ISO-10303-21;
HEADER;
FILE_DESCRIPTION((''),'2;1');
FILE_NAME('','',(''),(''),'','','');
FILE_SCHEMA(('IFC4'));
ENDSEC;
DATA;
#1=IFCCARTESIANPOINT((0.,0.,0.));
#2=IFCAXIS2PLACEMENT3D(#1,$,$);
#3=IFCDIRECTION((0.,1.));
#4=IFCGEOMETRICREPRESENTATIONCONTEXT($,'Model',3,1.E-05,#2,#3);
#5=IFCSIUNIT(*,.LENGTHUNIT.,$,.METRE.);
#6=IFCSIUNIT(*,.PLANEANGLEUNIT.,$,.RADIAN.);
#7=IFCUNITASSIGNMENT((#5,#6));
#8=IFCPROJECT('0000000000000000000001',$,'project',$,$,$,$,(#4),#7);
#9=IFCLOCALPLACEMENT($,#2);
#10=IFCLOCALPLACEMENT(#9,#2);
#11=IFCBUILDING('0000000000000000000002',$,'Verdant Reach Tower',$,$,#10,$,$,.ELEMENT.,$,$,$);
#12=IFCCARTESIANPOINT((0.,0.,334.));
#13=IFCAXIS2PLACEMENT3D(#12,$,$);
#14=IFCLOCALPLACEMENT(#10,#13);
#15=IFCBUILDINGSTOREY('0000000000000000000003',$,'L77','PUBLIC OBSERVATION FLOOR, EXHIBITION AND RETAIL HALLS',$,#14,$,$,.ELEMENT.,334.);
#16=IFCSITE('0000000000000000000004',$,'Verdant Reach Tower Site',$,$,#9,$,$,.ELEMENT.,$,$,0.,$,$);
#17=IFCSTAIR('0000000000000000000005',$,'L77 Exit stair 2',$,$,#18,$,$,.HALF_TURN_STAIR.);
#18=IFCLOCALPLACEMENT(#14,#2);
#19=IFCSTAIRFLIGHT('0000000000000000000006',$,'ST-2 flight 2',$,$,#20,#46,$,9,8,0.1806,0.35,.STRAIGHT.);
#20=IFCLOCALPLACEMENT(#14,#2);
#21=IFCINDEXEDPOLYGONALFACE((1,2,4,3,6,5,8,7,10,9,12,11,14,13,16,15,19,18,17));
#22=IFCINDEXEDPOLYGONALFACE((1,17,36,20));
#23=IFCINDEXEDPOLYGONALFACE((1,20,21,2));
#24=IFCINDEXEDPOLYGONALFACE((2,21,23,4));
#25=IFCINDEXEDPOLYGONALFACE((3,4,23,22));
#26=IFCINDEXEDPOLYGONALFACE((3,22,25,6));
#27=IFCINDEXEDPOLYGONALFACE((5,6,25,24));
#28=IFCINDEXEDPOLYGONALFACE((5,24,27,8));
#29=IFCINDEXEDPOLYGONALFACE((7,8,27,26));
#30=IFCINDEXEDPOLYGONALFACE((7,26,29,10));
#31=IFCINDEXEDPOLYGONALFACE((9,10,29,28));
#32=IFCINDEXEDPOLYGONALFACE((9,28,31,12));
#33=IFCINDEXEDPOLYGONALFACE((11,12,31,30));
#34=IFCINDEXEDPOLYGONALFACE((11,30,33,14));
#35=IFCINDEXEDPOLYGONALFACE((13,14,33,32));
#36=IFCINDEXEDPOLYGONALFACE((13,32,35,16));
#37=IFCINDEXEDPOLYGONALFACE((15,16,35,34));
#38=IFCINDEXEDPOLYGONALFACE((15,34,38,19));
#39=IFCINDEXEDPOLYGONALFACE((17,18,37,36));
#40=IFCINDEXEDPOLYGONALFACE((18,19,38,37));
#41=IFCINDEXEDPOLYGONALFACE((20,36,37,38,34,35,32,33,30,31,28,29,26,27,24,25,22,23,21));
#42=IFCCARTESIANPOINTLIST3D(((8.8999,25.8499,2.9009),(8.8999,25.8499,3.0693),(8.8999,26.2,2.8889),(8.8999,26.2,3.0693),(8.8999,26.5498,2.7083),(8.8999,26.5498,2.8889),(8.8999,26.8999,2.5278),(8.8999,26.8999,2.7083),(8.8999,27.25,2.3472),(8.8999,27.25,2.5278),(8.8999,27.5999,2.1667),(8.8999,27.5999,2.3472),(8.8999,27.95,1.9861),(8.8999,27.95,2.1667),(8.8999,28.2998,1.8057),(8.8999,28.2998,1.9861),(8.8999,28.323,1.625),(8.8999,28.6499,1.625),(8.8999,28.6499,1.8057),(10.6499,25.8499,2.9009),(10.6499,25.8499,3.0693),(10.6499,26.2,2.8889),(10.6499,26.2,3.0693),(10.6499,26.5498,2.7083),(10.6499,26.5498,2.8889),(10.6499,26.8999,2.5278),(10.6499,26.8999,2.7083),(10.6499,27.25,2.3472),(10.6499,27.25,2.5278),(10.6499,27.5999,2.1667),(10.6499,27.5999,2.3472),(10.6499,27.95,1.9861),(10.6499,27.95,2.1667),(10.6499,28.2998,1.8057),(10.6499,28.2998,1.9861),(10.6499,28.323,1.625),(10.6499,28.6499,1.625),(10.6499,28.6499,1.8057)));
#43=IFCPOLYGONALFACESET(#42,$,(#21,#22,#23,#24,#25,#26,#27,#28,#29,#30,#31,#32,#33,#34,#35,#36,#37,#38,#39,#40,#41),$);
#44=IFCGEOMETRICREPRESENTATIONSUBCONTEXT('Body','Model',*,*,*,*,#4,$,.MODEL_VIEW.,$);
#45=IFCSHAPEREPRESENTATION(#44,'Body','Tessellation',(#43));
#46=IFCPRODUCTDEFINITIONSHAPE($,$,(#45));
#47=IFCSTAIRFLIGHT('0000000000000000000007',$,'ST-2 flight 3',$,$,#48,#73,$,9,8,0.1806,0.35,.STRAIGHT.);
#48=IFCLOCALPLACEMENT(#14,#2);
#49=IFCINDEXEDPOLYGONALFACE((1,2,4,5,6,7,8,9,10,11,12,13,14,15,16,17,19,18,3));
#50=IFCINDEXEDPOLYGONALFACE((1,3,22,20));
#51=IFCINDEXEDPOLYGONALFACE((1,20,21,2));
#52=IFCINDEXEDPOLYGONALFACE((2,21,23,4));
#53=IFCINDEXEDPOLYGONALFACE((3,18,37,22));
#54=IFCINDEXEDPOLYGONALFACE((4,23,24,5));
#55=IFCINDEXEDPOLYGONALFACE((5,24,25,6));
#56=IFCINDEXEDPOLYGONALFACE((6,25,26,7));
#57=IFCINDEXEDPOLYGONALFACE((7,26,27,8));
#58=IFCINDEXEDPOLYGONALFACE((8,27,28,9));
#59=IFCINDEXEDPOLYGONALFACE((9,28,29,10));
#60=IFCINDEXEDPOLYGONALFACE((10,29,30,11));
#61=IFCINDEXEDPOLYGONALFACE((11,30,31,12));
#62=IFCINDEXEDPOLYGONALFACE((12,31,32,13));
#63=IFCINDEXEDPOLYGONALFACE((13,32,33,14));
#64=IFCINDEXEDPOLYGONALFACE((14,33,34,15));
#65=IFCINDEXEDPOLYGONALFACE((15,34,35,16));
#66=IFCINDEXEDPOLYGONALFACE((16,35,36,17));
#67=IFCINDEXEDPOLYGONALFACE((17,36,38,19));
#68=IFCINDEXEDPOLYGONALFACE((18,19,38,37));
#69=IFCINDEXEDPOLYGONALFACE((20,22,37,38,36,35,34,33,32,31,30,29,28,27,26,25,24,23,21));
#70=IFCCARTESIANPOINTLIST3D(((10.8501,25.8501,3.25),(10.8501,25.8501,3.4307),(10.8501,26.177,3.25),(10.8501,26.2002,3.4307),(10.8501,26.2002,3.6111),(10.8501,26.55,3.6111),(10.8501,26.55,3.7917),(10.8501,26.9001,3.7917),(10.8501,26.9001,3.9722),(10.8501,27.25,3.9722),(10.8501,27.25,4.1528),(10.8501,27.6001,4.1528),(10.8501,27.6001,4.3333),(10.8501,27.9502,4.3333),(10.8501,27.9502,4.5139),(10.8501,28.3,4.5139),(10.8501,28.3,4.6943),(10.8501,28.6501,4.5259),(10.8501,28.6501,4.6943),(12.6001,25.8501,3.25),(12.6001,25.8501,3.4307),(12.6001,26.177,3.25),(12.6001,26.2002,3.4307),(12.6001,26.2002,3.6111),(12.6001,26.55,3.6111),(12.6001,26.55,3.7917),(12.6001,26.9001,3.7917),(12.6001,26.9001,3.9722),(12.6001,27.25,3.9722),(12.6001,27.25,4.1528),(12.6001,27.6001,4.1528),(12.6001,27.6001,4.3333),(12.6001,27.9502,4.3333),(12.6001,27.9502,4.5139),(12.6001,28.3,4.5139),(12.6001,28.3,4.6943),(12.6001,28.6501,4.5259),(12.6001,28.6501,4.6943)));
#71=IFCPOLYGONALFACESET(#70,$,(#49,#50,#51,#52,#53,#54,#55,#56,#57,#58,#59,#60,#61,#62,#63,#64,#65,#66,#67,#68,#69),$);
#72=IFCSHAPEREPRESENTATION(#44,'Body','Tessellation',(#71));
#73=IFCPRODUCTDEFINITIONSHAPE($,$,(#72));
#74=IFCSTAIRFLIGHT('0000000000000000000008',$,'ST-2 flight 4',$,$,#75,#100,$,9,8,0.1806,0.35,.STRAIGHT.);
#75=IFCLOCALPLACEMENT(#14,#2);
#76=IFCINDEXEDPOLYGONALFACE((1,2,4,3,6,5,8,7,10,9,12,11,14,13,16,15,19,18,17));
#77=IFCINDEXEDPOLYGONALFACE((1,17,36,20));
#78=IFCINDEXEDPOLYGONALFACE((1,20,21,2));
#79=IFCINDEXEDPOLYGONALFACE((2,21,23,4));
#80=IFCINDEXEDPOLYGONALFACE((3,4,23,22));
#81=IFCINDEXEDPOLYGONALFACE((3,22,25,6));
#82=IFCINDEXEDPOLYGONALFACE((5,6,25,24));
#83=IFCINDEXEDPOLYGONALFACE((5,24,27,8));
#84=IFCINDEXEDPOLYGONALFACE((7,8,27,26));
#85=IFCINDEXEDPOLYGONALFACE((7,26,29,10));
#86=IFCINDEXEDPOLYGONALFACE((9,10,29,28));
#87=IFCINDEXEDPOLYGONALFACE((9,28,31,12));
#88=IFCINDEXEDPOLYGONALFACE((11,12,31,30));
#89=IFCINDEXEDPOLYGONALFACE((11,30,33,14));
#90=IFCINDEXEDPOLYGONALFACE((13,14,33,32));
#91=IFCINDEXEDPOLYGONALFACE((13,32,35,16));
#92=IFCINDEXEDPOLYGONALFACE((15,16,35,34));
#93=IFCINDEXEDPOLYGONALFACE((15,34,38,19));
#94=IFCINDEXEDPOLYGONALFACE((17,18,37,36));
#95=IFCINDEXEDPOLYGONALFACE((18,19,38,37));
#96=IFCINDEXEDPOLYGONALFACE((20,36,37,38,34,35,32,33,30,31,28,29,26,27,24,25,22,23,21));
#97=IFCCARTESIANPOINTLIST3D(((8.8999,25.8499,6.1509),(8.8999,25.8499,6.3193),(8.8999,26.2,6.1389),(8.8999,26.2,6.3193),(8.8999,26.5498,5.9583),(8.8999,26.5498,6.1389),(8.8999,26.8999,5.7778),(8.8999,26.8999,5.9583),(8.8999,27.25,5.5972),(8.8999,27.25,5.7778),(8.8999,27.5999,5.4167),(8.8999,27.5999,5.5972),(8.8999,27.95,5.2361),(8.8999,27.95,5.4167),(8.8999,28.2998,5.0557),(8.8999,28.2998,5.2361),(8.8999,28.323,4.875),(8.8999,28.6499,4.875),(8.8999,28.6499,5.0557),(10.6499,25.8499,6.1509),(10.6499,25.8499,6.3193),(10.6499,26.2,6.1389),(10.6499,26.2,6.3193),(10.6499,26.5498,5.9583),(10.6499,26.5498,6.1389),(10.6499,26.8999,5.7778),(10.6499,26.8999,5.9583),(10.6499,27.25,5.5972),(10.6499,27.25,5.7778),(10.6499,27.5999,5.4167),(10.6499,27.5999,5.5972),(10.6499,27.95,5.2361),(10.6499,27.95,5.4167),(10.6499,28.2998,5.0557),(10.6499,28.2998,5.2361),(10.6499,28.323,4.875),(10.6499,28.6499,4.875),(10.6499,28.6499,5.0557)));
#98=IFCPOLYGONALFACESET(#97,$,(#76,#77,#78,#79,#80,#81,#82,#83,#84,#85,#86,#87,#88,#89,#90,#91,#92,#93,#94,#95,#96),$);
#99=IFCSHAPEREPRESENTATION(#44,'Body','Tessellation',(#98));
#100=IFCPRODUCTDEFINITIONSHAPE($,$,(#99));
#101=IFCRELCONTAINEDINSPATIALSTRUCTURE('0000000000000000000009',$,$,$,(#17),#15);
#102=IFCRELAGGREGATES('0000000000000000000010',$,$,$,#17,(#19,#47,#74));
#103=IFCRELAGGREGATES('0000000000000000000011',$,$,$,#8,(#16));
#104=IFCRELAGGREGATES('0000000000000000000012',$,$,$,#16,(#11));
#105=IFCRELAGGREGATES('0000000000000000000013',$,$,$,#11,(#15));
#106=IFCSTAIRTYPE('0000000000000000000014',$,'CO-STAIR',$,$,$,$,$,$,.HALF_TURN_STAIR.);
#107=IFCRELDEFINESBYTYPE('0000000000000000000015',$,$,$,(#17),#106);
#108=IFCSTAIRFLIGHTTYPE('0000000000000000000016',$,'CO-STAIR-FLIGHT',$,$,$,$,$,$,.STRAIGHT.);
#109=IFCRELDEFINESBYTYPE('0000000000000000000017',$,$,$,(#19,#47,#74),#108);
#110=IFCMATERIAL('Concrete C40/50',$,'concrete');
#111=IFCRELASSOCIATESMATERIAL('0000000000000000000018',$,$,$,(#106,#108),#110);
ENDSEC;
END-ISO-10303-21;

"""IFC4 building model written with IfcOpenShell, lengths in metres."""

from ifc_helpers import new_model, si_unit, direction, frame, origin, place, context, subcontext, project, spatial, polyline, outline, extrude, material, type_object, element, aggregate, save


model = new_model("IFC4")

# Units and contexts
model_context = context("Model", 3, precision=1e-05, world=origin(), true_north=direction((0.0, 1.0)))
body_context = subcontext(model_context, "Body", "Model", "MODEL_VIEW")
ifc_project = project(units=[si_unit("LENGTHUNIT", "METRE"), si_unit("PLANEANGLEUNIT", "RADIAN")], contexts=[model_context])

# Site, building, storey
site_placement = place(None, origin())
site = spatial("IfcSite", under=ifc_project, at=site_placement, Name="Verdant Reach Tower Site", CompositionType="ELEMENT", RefElevation=0.0)
building_placement = place(site_placement, origin())
building = spatial("IfcBuilding", under=site, at=building_placement, Name="Verdant Reach Tower", CompositionType="ELEMENT")
storey_placement = place(building_placement, frame((0.0, 0.0, 334.0)))
storey = spatial("IfcBuildingStorey", under=building, at=storey_placement, Name="L77", Description="PUBLIC OBSERVATION FLOOR, EXHIBITION AND RETAIL HALLS", CompositionType="ELEMENT", Elevation=334.0)

# Shared definitions
ifc_material_1 = material(Name="Concrete C40/50", Category="concrete")

# Stair, stair flights
stair_type = type_object("IfcStairType", Name="CO-STAIR", PredefinedType="HALF_TURN_STAIR", material=ifc_material_1)
stair_placement = place(storey_placement, origin())
stair = element("IfcStair", 1, at=stair_placement, inside=storey, type_object=stair_type, Name="L77 Exit stair 2", PredefinedType="HALF_TURN_STAIR")
stair_flight_type = type_object("IfcStairFlightType", Name="CO-STAIR-FLIGHT", PredefinedType="STRAIGHT", material=ifc_material_1)
stair_flight_1_placement = place(storey_placement, frame((9.7749, 28.6499, 1.625), z_axis=(0.0, 0.0, 1.0), x_axis=(0.0, -1.0, 0.0)))
stair_flight_1 = element("IfcStairFlight", 2, at=stair_flight_1_placement, type_object=stair_flight_type, Name="ST-2 flight 2", NumberOfRisers=9, NumberOfTreads=8, PredefinedType="STRAIGHT", RiserHeight=0.1806, TreadLength=0.35, context=body_context, shape_type="SweptSolid", body=[
    extrude(outline(polyline([(0.0, 0.0), (0.0, 0.1807), (0.3501, 0.1807), (0.3501, 0.3611), (0.7, 0.3611), (0.7, 0.5417), (1.05, 0.5417), (1.05, 0.7222), (1.3999, 0.7222), (1.3999, 0.9028), (1.75, 0.9028), (1.75, 1.0833), (2.1001, 1.0833), (2.1001, 1.2639), (2.45, 1.2639), (2.45, 1.4443), (2.8, 1.4443), (2.8, 1.625), (2.8, 1.2759), (0.3269, 0.0), (0.0, 0.0)])), frame((0.0, 0.875, 0.0), z_axis=(0.0, -1.0, 0.0), x_axis=(1.0, 0.0, 0.0)), (0.0, 0.0, 1.0), 1.75),
])
stair_flight_2_placement = place(storey_placement, frame((11.7251, 25.8501, 3.25), z_axis=(0.0, 0.0, 1.0), x_axis=(0.0, 1.0, 0.0)))
stair_flight_2 = element("IfcStairFlight", 3, at=stair_flight_2_placement, type_object=stair_flight_type, Name="ST-2 flight 3", NumberOfRisers=9, NumberOfTreads=8, PredefinedType="STRAIGHT", RiserHeight=0.1806, TreadLength=0.35, context=body_context, shape_type="SweptSolid", body=[
    extrude(outline(polyline([(0.0, 0.0), (0.0, 0.1807), (0.3501, 0.1807), (0.3501, 0.3611), (0.7, 0.3611), (0.7, 0.5417), (1.05, 0.5417), (1.05, 0.7222), (1.3999, 0.7222), (1.3999, 0.9028), (1.75, 0.9028), (1.75, 1.0833), (2.1001, 1.0833), (2.1001, 1.2639), (2.45, 1.2639), (2.45, 1.4443), (2.8, 1.4443), (2.8, 1.625), (2.8, 1.2759), (0.3269, 0.0), (0.0, 0.0)])), frame((0.0, 0.875, 0.0), z_axis=(0.0, -1.0, 0.0), x_axis=(1.0, 0.0, 0.0)), (0.0, 0.0, 1.0), 1.75),
])
stair_flight_3_placement = place(storey_placement, frame((9.7749, 28.6499, 4.875), z_axis=(0.0, 0.0, 1.0), x_axis=(0.0, -1.0, 0.0)))
stair_flight_3 = element("IfcStairFlight", 4, at=stair_flight_3_placement, type_object=stair_flight_type, Name="ST-2 flight 4", NumberOfRisers=9, NumberOfTreads=8, PredefinedType="STRAIGHT", RiserHeight=0.1806, TreadLength=0.35, context=body_context, shape_type="SweptSolid", body=[
    extrude(outline(polyline([(0.0, 0.0), (0.0, 0.1807), (0.3501, 0.1807), (0.3501, 0.3611), (0.7, 0.3611), (0.7, 0.5417), (1.05, 0.5417), (1.05, 0.7222), (1.3999, 0.7222), (1.3999, 0.9028), (1.75, 0.9028), (1.75, 1.0833), (2.1001, 1.0833), (2.1001, 1.2639), (2.45, 1.2639), (2.45, 1.4443), (2.8, 1.4443), (2.8, 1.625), (2.8, 1.2759), (0.3269, 0.0), (0.0, 0.0)])), frame((0.0, 0.875, 0.0), z_axis=(0.0, -1.0, 0.0), x_axis=(1.0, 0.0, 0.0)), (0.0, 0.0, 1.0), 1.75),
])
aggregate(stair, [stair_flight_1, stair_flight_2, stair_flight_3])

save(model, "model.ifc")
